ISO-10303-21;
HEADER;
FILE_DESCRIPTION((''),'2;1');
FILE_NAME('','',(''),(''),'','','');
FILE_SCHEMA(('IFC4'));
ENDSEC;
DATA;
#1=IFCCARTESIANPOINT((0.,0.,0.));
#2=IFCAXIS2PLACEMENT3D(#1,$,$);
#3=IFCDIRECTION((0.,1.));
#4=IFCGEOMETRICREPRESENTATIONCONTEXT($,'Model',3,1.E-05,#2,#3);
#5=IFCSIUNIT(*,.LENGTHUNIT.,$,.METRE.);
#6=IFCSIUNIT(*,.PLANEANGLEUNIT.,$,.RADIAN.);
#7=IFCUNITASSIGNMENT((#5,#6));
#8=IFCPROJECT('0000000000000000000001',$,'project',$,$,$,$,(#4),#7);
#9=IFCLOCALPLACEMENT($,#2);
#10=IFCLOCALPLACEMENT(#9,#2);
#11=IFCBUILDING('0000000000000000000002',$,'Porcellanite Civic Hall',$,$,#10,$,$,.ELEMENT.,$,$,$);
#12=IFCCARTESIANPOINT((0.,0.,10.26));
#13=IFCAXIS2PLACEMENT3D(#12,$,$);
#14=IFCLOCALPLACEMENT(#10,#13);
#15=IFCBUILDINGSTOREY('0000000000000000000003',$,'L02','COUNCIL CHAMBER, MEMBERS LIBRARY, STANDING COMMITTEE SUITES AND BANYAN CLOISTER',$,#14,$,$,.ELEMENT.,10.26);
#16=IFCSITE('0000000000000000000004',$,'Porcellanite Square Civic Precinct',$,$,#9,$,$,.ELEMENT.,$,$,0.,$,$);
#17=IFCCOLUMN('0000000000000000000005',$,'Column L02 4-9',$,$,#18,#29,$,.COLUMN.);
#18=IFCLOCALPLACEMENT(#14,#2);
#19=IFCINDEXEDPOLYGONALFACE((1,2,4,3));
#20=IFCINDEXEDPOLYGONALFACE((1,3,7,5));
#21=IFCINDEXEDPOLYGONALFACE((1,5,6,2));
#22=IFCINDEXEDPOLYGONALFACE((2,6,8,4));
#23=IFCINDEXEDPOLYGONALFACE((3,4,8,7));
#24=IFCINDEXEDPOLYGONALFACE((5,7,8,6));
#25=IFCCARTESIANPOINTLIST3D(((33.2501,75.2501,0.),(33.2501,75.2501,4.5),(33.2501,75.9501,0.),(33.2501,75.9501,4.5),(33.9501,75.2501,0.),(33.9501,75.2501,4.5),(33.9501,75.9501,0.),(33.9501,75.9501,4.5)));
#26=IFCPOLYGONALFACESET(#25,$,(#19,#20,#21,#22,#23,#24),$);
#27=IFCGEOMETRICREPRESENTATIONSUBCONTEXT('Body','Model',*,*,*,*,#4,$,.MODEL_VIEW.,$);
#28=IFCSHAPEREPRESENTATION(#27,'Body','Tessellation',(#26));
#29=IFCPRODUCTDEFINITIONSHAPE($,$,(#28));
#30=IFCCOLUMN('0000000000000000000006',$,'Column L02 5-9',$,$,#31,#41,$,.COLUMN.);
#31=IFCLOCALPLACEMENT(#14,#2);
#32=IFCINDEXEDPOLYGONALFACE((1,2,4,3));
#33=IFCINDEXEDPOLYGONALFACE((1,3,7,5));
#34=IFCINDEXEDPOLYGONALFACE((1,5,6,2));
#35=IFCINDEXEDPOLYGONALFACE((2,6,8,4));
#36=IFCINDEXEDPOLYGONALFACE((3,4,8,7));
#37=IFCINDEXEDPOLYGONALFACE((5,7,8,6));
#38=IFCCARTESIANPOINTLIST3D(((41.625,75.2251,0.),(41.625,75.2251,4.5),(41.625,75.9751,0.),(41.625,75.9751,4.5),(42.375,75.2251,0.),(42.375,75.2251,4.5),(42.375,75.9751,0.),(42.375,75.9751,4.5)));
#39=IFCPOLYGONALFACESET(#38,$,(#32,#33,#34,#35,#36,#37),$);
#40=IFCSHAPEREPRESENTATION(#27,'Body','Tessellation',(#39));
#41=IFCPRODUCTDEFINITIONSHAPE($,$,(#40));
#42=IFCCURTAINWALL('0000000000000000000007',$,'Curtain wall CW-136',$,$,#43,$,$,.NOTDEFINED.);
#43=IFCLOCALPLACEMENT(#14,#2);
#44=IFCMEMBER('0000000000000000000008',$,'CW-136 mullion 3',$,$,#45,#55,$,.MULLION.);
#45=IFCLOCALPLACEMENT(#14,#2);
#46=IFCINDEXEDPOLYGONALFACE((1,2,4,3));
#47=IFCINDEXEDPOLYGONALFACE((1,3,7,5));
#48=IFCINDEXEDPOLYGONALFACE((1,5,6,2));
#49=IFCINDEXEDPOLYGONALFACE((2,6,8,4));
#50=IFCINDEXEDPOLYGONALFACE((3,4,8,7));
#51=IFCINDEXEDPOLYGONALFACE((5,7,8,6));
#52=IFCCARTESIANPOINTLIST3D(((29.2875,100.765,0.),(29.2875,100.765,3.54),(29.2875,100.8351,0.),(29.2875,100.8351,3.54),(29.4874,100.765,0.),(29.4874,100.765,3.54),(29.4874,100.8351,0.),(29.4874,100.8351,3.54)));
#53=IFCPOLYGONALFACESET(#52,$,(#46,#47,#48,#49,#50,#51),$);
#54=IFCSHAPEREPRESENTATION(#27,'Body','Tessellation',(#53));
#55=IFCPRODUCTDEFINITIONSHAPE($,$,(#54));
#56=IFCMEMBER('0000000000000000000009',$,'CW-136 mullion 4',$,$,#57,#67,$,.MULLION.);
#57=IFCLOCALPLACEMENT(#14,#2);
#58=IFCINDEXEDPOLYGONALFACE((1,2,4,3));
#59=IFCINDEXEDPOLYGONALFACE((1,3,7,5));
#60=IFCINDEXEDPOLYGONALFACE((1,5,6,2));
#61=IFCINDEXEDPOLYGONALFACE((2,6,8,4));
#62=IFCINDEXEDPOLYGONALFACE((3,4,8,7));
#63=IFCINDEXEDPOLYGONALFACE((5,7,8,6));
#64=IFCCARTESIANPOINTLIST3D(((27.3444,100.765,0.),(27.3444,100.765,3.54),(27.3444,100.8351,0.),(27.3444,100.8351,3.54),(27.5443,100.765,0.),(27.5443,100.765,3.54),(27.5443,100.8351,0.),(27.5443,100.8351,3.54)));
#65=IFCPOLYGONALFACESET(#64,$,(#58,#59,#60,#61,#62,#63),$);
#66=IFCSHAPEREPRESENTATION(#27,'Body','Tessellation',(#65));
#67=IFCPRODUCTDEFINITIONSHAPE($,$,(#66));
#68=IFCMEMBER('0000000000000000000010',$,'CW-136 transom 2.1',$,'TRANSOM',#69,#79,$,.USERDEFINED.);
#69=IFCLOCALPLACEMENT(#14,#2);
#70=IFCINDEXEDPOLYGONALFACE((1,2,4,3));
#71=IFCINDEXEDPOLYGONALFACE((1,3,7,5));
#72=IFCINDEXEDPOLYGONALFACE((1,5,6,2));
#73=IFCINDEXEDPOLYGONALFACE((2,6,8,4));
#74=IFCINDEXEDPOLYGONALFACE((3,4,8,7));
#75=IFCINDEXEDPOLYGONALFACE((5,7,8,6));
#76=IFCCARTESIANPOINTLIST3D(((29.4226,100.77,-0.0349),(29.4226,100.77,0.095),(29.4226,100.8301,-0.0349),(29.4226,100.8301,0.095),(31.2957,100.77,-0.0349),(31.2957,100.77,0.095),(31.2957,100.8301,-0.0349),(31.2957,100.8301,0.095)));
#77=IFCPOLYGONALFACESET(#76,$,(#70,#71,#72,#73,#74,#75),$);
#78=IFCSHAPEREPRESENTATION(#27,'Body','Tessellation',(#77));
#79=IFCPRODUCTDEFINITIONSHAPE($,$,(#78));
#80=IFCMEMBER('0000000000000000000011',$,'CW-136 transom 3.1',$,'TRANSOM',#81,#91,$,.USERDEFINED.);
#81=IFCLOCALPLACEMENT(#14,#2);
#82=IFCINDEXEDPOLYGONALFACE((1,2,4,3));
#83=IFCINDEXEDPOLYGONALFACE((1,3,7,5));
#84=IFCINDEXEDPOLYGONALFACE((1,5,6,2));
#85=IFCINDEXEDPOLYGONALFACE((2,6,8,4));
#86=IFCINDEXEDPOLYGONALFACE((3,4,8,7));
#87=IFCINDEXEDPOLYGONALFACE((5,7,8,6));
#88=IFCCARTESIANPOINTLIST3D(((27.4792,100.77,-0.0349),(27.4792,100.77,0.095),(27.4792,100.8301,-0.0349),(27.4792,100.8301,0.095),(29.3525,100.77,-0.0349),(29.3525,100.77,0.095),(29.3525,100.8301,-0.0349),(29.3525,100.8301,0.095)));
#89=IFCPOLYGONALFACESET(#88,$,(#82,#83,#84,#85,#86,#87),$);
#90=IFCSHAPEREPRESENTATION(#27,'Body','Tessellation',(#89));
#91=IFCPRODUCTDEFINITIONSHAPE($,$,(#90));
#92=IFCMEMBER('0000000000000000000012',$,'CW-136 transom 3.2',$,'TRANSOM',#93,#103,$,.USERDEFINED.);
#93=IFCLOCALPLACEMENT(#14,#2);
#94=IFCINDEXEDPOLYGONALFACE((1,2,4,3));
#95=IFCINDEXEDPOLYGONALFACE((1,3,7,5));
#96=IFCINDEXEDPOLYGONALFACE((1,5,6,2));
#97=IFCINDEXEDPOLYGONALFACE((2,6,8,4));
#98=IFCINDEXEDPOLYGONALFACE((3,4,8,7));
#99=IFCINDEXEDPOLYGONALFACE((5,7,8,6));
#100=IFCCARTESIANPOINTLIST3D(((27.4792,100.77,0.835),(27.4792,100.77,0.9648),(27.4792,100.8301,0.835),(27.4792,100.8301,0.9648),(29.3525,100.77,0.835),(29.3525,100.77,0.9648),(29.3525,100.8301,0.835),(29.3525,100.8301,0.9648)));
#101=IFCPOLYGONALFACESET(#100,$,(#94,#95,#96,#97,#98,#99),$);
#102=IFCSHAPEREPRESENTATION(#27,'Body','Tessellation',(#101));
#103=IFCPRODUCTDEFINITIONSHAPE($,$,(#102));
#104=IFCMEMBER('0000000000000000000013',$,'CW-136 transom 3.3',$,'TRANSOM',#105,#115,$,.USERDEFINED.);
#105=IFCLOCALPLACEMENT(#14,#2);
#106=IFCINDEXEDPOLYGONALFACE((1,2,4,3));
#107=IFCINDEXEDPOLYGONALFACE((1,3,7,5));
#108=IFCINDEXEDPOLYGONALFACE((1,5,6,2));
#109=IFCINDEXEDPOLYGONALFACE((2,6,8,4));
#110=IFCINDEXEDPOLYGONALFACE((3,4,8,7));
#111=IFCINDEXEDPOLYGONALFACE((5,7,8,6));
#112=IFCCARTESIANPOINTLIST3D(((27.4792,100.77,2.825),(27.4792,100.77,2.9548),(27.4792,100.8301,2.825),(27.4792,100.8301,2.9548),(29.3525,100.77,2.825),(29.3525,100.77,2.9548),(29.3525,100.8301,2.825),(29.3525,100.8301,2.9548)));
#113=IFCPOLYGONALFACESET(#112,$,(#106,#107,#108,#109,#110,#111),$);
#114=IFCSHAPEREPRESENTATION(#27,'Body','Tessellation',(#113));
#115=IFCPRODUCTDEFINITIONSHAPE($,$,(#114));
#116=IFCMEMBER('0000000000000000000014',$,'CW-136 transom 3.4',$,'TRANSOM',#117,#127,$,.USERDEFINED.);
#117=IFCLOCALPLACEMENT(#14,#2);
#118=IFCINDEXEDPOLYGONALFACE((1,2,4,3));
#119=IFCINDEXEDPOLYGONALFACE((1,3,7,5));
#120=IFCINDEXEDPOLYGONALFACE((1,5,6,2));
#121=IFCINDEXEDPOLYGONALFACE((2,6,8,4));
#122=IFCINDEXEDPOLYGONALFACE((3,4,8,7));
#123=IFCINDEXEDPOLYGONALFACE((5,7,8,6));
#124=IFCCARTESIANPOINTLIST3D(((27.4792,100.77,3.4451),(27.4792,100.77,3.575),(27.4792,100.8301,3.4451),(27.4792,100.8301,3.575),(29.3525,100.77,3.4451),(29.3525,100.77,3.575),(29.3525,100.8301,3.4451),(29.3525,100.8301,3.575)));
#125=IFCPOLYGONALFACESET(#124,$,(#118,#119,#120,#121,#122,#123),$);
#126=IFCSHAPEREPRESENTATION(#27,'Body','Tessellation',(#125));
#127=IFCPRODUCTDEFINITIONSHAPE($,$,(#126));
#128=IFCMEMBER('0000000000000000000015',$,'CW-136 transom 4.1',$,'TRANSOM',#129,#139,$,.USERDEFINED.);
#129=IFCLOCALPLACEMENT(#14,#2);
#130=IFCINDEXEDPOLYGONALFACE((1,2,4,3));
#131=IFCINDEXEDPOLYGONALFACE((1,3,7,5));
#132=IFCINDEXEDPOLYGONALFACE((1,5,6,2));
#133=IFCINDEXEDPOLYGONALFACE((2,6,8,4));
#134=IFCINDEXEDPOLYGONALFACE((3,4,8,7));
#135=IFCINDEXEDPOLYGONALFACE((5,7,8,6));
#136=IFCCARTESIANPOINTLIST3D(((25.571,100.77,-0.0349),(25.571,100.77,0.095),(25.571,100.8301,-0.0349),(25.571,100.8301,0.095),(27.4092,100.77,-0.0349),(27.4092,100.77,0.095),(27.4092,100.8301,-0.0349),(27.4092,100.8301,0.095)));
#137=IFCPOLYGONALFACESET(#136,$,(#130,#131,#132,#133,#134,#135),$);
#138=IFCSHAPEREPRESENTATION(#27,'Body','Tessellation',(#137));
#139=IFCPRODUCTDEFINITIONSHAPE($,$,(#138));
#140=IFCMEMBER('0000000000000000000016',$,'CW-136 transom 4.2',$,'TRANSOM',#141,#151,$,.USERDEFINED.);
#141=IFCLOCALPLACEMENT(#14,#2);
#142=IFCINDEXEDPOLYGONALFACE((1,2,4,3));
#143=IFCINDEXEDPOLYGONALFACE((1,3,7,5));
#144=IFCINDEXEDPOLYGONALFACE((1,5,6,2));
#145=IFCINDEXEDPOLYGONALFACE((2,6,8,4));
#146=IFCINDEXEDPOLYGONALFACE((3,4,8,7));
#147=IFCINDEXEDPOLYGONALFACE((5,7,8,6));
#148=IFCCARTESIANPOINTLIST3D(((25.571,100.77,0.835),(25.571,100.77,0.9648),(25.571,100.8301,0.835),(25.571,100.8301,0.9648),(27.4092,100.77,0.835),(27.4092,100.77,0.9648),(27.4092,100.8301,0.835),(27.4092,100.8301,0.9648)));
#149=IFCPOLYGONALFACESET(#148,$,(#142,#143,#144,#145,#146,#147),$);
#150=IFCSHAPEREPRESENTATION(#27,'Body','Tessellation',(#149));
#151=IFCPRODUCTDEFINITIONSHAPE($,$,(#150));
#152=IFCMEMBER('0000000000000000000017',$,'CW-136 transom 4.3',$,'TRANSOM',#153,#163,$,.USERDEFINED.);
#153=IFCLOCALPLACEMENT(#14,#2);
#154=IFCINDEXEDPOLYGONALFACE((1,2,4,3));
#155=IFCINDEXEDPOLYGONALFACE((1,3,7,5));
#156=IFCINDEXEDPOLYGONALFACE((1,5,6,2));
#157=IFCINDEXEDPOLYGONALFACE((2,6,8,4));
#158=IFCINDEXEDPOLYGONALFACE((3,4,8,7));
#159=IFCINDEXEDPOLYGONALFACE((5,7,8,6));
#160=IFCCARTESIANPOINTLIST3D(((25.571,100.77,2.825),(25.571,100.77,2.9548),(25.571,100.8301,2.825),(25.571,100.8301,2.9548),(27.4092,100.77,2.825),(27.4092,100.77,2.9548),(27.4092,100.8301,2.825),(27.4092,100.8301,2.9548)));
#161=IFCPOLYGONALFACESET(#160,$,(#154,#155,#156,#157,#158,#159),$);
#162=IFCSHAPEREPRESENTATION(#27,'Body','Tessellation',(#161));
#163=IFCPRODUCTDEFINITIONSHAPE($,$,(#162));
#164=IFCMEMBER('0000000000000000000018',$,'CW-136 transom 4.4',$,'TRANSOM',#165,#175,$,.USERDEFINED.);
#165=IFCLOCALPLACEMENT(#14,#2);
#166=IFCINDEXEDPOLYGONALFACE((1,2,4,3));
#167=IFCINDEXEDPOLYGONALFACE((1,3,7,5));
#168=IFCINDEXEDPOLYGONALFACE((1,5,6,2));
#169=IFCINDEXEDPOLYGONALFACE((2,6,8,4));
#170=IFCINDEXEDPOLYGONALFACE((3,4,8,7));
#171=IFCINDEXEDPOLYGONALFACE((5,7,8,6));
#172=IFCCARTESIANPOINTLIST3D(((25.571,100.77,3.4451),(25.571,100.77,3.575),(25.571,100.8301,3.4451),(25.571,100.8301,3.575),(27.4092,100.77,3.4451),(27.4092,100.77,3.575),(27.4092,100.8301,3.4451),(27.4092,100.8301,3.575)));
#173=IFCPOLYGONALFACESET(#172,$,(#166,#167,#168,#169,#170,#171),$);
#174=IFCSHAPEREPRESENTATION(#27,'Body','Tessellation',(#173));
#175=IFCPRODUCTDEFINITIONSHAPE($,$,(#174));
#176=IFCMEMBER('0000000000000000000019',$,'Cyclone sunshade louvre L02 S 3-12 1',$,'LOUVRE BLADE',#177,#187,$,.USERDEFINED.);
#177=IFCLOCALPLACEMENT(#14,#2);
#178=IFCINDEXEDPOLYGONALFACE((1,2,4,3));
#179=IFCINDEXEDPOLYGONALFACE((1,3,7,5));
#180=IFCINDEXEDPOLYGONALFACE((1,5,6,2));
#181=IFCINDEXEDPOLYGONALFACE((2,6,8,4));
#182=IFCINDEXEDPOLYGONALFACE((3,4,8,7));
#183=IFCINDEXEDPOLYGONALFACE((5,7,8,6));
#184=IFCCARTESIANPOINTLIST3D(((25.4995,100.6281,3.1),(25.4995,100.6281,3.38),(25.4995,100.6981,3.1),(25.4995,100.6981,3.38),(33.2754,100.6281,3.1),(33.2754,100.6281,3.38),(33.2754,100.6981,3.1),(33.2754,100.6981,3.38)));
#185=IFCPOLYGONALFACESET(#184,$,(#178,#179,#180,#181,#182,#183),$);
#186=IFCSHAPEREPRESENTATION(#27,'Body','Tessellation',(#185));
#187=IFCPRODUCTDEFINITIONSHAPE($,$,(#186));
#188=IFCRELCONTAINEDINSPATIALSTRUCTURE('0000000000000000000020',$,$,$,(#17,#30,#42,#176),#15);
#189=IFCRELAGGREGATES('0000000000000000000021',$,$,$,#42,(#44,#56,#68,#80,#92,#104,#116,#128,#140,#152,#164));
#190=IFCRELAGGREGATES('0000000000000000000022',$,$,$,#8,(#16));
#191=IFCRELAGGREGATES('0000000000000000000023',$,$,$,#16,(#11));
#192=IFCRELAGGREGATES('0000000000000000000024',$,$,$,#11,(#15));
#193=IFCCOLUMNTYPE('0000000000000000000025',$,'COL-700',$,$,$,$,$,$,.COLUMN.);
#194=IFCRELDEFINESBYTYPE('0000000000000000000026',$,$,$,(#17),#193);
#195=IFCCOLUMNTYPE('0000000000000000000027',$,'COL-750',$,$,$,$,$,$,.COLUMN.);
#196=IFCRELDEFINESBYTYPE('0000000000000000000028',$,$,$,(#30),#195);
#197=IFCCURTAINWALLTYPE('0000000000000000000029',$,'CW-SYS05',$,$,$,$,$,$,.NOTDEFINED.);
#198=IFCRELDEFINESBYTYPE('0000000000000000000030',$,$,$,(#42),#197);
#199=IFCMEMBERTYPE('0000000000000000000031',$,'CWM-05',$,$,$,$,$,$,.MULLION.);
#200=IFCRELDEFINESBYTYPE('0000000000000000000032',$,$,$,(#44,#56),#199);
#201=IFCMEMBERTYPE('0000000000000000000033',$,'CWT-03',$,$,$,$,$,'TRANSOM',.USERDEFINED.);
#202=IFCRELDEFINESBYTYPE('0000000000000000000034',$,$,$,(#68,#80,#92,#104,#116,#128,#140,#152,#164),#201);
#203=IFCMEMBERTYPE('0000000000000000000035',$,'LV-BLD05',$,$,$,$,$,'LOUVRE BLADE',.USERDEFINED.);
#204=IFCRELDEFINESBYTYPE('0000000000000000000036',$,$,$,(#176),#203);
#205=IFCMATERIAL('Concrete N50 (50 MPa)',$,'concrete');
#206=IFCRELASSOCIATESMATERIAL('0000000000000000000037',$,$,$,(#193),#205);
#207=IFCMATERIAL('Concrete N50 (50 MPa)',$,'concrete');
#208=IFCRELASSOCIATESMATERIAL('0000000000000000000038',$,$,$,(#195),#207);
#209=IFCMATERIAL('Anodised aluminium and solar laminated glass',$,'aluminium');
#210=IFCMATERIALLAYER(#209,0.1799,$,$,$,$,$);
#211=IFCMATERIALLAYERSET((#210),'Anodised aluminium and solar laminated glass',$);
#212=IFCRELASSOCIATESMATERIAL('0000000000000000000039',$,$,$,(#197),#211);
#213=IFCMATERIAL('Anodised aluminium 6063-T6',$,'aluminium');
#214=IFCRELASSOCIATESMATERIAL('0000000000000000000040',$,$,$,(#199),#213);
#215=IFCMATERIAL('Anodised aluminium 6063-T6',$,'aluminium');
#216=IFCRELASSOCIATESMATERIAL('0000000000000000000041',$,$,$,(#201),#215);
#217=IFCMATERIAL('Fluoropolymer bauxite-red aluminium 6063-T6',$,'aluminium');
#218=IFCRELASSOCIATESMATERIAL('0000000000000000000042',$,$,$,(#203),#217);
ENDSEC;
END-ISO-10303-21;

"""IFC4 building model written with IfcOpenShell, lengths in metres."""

from ifc_helpers import new_model, si_unit, direction, frame, origin, origin_2d, place, context, subcontext, project, spatial, rectangle, extrude, material, layer, layer_set, material_profile, profile_set, type_object, element, aggregate, save


model = new_model("IFC4")

# Units and contexts
model_context = context("Model", 3, precision=1e-05, world=origin(), true_north=direction((0.0, 1.0)))
body_context = subcontext(model_context, "Body", "Model", "MODEL_VIEW")
ifc_project = project(units=[si_unit("LENGTHUNIT", "METRE"), si_unit("PLANEANGLEUNIT", "RADIAN")], contexts=[model_context])

# Site, building, storey
site_placement = place(None, origin())
site = spatial("IfcSite", under=ifc_project, at=site_placement, Name="Porcellanite Square Civic Precinct", CompositionType="ELEMENT", RefElevation=0.0)
building_placement = place(site_placement, origin())
building = spatial("IfcBuilding", under=site, at=building_placement, Name="Porcellanite Civic Hall", CompositionType="ELEMENT")
storey_placement = place(building_placement, frame((0.0, 0.0, 10.26)))
storey = spatial("IfcBuildingStorey", under=building, at=storey_placement, Name="L02", Description="COUNCIL CHAMBER, MEMBERS LIBRARY, STANDING COMMITTEE SUITES AND BANYAN CLOISTER", CompositionType="ELEMENT", Elevation=10.26)

# Columns
ifc_material_1 = material(Name="Concrete N50 (50 MPa)", Category="concrete")
ifc_material_profile_1 = material_profile(ifc_material_1, rectangle(XDim=0.7, YDim=0.7, at=origin_2d()), Name="RC-700x700")
ifc_profile_set_1 = profile_set([ifc_material_profile_1], Name="Concrete N50 (50 MPa)")
column_type_1 = type_object("IfcColumnType", Name="COL-700", PredefinedType="COLUMN", material=ifc_profile_set_1)
column_1_placement = place(storey_placement, frame((33.6001, 75.6001, 0.0), z_axis=(0.0, 0.0, 1.0), x_axis=(1.0, 0.0, 0.0)))
element("IfcColumn", 1, at=column_1_placement, inside=storey, type_object=column_type_1, Name="Column L02 4-9", PredefinedType="COLUMN", context=body_context, shape_type="SweptSolid", body=[
    extrude(rectangle(XDim=0.7, YDim=0.7, at=origin_2d()), origin(), (0.0, 0.0, 1.0), 4.5),
])
ifc_material_2 = material(Name="Concrete N50 (50 MPa)", Category="concrete")
ifc_material_profile_2 = material_profile(ifc_material_2, rectangle(XDim=0.75, YDim=0.75, at=origin_2d()), Name="RC-750x750")
ifc_profile_set_2 = profile_set([ifc_material_profile_2], Name="Concrete N50 (50 MPa)")
column_type_2 = type_object("IfcColumnType", Name="COL-750", PredefinedType="COLUMN", material=ifc_profile_set_2)
column_2_placement = place(storey_placement, frame((42.0, 75.6001, 0.0), z_axis=(0.0, 0.0, 1.0), x_axis=(1.0, 0.0, 0.0)))
element("IfcColumn", 2, at=column_2_placement, inside=storey, type_object=column_type_2, Name="Column L02 5-9", PredefinedType="COLUMN", context=body_context, shape_type="SweptSolid", body=[
    extrude(rectangle(XDim=0.75, YDim=0.75, at=origin_2d()), origin(), (0.0, 0.0, 1.0), 4.5),
])

# Curtain wall, members
ifc_material_3 = material(Name="Anodised aluminium and solar laminated glass", Category="aluminium")
ifc_layer_1 = layer(ifc_material_3, 0.1799)
ifc_layer_set_1 = layer_set([ifc_layer_1], Name="Anodised aluminium and solar laminated glass")
curtain_wall_type = type_object("IfcCurtainWallType", Name="CW-SYS05", PredefinedType="NOTDEFINED", material=ifc_layer_set_1)
curtain_wall_placement = place(storey_placement, origin())
curtain_wall = element("IfcCurtainWall", 3, at=curtain_wall_placement, inside=storey, type_object=curtain_wall_type, Name="Curtain wall CW-136", PredefinedType="NOTDEFINED")
ifc_material_4 = material(Name="Anodised aluminium 6063-T6", Category="aluminium")
ifc_material_profile_3 = material_profile(ifc_material_4, rectangle(XDim=0.0701, YDim=0.2, at=origin_2d()), Name="AL-70x200")
ifc_profile_set_3 = profile_set([ifc_material_profile_3], Name="Anodised aluminium 6063-T6")
member_type_1 = type_object("IfcMemberType", Name="CWM-05", PredefinedType="MULLION", material=ifc_profile_set_3)
member_1_placement = place(storey_placement, frame((29.3875, 100.8, 0.0), z_axis=(0.0, 0.0, 1.0), x_axis=(0.0, -1.0, 0.0)))
member_1 = element("IfcMember", 4, at=member_1_placement, type_object=member_type_1, Name="CW-136 mullion 3", PredefinedType="MULLION", context=body_context, shape_type="SweptSolid", body=[
    extrude(rectangle(XDim=0.0701, YDim=0.2, at=origin_2d()), origin(), (0.0, 0.0, 1.0), 3.54),
])
member_2_placement = place(storey_placement, frame((27.4443, 100.8, 0.0), z_axis=(0.0, 0.0, 1.0), x_axis=(0.0, -1.0, 0.0)))
member_2 = element("IfcMember", 5, at=member_2_placement, type_object=member_type_1, Name="CW-136 mullion 4", PredefinedType="MULLION", context=body_context, shape_type="SweptSolid", body=[
    extrude(rectangle(XDim=0.0701, YDim=0.2, at=origin_2d()), origin(), (0.0, 0.0, 1.0), 3.54),
])
ifc_material_5 = material(Name="Anodised aluminium 6063-T6", Category="aluminium")
ifc_material_profile_4 = material_profile(ifc_material_5, rectangle(XDim=0.0601, YDim=0.1299, at=origin_2d()), Name="AL-60x130")
ifc_profile_set_4 = profile_set([ifc_material_profile_4], Name="Anodised aluminium 6063-T6")
member_type_2 = type_object("IfcMemberType", Name="CWT-03", ElementType="TRANSOM", PredefinedType="USERDEFINED", material=ifc_profile_set_4)
member_3_placement = place(storey_placement, frame((31.2957, 100.8, 0.03), z_axis=(-1.0, 0.0, 0.0), x_axis=(0.0, -1.0, 0.0)))
member_3 = element("IfcMember", 6, at=member_3_placement, type_object=member_type_2, Name="CW-136 transom 2.1", ObjectType="TRANSOM", PredefinedType="USERDEFINED", context=body_context, shape_type="SweptSolid", body=[
    extrude(rectangle(XDim=0.0601, YDim=0.1299, at=origin_2d()), origin(), (0.0, 0.0, 1.0), 1.873),
])
member_4_placement = place(storey_placement, frame((29.3525, 100.8, 0.03), z_axis=(-1.0, 0.0, 0.0), x_axis=(0.0, -1.0, 0.0)))
member_4 = element("IfcMember", 7, at=member_4_placement, type_object=member_type_2, Name="CW-136 transom 3.1", ObjectType="TRANSOM", PredefinedType="USERDEFINED", context=body_context, shape_type="SweptSolid", body=[
    extrude(rectangle(XDim=0.0601, YDim=0.1299, at=origin_2d()), origin(), (0.0, 0.0, 1.0), 1.8733),
])
member_5_placement = place(storey_placement, frame((29.3525, 100.8, 0.8999), z_axis=(-1.0, 0.0, 0.0), x_axis=(0.0, -1.0, 0.0)))
member_5 = element("IfcMember", 8, at=member_5_placement, type_object=member_type_2, Name="CW-136 transom 3.2", ObjectType="TRANSOM", PredefinedType="USERDEFINED", context=body_context, shape_type="SweptSolid", body=[
    extrude(rectangle(XDim=0.0601, YDim=0.1299, at=origin_2d()), origin(), (0.0, 0.0, 1.0), 1.8733),
])
member_6_placement = place(storey_placement, frame((29.3525, 100.8, 2.8899), z_axis=(-1.0, 0.0, 0.0), x_axis=(0.0, -1.0, 0.0)))
member_6 = element("IfcMember", 9, at=member_6_placement, type_object=member_type_2, Name="CW-136 transom 3.3", ObjectType="TRANSOM", PredefinedType="USERDEFINED", context=body_context, shape_type="SweptSolid", body=[
    extrude(rectangle(XDim=0.0601, YDim=0.1299, at=origin_2d()), origin(), (0.0, 0.0, 1.0), 1.8733),
])
member_7_placement = place(storey_placement, frame((29.3525, 100.8, 3.51), z_axis=(-1.0, 0.0, 0.0), x_axis=(0.0, -1.0, 0.0)))
member_7 = element("IfcMember", 10, at=member_7_placement, type_object=member_type_2, Name="CW-136 transom 3.4", ObjectType="TRANSOM", PredefinedType="USERDEFINED", context=body_context, shape_type="SweptSolid", body=[
    extrude(rectangle(XDim=0.0601, YDim=0.1299, at=origin_2d()), origin(), (0.0, 0.0, 1.0), 1.8733),
])
member_8_placement = place(storey_placement, frame((27.4092, 100.8, 0.03), z_axis=(-1.0, 0.0, 0.0), x_axis=(0.0, -1.0, 0.0)))
member_8 = element("IfcMember", 11, at=member_8_placement, type_object=member_type_2, Name="CW-136 transom 4.1", ObjectType="TRANSOM", PredefinedType="USERDEFINED", context=body_context, shape_type="SweptSolid", body=[
    extrude(rectangle(XDim=0.0601, YDim=0.1299, at=origin_2d()), origin(), (0.0, 0.0, 1.0), 1.8381),
])
member_9_placement = place(storey_placement, frame((27.4092, 100.8, 0.8999), z_axis=(-1.0, 0.0, 0.0), x_axis=(0.0, -1.0, 0.0)))
member_9 = element("IfcMember", 12, at=member_9_placement, type_object=member_type_2, Name="CW-136 transom 4.2", ObjectType="TRANSOM", PredefinedType="USERDEFINED", context=body_context, shape_type="SweptSolid", body=[
    extrude(rectangle(XDim=0.0601, YDim=0.1299, at=origin_2d()), origin(), (0.0, 0.0, 1.0), 1.8381),
])
member_10_placement = place(storey_placement, frame((27.4092, 100.8, 2.8899), z_axis=(-1.0, 0.0, 0.0), x_axis=(0.0, -1.0, 0.0)))
member_10 = element("IfcMember", 13, at=member_10_placement, type_object=member_type_2, Name="CW-136 transom 4.3", ObjectType="TRANSOM", PredefinedType="USERDEFINED", context=body_context, shape_type="SweptSolid", body=[
    extrude(rectangle(XDim=0.0601, YDim=0.1299, at=origin_2d()), origin(), (0.0, 0.0, 1.0), 1.8381),
])
member_11_placement = place(storey_placement, frame((27.4092, 100.8, 3.51), z_axis=(-1.0, 0.0, 0.0), x_axis=(0.0, -1.0, 0.0)))
member_11 = element("IfcMember", 14, at=member_11_placement, type_object=member_type_2, Name="CW-136 transom 4.4", ObjectType="TRANSOM", PredefinedType="USERDEFINED", context=body_context, shape_type="SweptSolid", body=[
    extrude(rectangle(XDim=0.0601, YDim=0.1299, at=origin_2d()), origin(), (0.0, 0.0, 1.0), 1.8381),
])

# Member
ifc_material_6 = material(Name="Fluoropolymer bauxite-red aluminium 6063-T6", Category="aluminium")
ifc_material_profile_5 = material_profile(ifc_material_6, rectangle(XDim=0.0701, YDim=0.28, at=origin_2d()), Name="AL-70x280")
ifc_profile_set_5 = profile_set([ifc_material_profile_5], Name="Fluoropolymer bauxite-red aluminium 6063-T6")
member_type_3 = type_object("IfcMemberType", Name="LV-BLD05", ElementType="LOUVRE BLADE", PredefinedType="USERDEFINED", material=ifc_profile_set_5)
for number, where, z_axis, x_axis, name in (
    (15, (33.2754, 100.6631, 3.24), (-1.0, 0.0, 0.0), (0.0, -1.0, 0.0), "Cyclone sunshade louvre L02 S 3-12 1"),
):
    element("IfcMember", number, at=place(storey_placement, frame(where, z_axis=z_axis, x_axis=x_axis)), inside=storey, type_object=member_type_3, Name=name, ObjectType="LOUVRE BLADE", PredefinedType="USERDEFINED", context=body_context, shape_type="SweptSolid", body=[
        extrude(rectangle(XDim=0.0701, YDim=0.28, at=origin_2d()), origin(), (0.0, 0.0, 1.0), 7.7759),
    ])

aggregate(curtain_wall, [member_1, member_2, member_3, member_4, member_5, member_6, member_7, member_8, member_9, member_10, member_11])

save(model, "model.ifc")
